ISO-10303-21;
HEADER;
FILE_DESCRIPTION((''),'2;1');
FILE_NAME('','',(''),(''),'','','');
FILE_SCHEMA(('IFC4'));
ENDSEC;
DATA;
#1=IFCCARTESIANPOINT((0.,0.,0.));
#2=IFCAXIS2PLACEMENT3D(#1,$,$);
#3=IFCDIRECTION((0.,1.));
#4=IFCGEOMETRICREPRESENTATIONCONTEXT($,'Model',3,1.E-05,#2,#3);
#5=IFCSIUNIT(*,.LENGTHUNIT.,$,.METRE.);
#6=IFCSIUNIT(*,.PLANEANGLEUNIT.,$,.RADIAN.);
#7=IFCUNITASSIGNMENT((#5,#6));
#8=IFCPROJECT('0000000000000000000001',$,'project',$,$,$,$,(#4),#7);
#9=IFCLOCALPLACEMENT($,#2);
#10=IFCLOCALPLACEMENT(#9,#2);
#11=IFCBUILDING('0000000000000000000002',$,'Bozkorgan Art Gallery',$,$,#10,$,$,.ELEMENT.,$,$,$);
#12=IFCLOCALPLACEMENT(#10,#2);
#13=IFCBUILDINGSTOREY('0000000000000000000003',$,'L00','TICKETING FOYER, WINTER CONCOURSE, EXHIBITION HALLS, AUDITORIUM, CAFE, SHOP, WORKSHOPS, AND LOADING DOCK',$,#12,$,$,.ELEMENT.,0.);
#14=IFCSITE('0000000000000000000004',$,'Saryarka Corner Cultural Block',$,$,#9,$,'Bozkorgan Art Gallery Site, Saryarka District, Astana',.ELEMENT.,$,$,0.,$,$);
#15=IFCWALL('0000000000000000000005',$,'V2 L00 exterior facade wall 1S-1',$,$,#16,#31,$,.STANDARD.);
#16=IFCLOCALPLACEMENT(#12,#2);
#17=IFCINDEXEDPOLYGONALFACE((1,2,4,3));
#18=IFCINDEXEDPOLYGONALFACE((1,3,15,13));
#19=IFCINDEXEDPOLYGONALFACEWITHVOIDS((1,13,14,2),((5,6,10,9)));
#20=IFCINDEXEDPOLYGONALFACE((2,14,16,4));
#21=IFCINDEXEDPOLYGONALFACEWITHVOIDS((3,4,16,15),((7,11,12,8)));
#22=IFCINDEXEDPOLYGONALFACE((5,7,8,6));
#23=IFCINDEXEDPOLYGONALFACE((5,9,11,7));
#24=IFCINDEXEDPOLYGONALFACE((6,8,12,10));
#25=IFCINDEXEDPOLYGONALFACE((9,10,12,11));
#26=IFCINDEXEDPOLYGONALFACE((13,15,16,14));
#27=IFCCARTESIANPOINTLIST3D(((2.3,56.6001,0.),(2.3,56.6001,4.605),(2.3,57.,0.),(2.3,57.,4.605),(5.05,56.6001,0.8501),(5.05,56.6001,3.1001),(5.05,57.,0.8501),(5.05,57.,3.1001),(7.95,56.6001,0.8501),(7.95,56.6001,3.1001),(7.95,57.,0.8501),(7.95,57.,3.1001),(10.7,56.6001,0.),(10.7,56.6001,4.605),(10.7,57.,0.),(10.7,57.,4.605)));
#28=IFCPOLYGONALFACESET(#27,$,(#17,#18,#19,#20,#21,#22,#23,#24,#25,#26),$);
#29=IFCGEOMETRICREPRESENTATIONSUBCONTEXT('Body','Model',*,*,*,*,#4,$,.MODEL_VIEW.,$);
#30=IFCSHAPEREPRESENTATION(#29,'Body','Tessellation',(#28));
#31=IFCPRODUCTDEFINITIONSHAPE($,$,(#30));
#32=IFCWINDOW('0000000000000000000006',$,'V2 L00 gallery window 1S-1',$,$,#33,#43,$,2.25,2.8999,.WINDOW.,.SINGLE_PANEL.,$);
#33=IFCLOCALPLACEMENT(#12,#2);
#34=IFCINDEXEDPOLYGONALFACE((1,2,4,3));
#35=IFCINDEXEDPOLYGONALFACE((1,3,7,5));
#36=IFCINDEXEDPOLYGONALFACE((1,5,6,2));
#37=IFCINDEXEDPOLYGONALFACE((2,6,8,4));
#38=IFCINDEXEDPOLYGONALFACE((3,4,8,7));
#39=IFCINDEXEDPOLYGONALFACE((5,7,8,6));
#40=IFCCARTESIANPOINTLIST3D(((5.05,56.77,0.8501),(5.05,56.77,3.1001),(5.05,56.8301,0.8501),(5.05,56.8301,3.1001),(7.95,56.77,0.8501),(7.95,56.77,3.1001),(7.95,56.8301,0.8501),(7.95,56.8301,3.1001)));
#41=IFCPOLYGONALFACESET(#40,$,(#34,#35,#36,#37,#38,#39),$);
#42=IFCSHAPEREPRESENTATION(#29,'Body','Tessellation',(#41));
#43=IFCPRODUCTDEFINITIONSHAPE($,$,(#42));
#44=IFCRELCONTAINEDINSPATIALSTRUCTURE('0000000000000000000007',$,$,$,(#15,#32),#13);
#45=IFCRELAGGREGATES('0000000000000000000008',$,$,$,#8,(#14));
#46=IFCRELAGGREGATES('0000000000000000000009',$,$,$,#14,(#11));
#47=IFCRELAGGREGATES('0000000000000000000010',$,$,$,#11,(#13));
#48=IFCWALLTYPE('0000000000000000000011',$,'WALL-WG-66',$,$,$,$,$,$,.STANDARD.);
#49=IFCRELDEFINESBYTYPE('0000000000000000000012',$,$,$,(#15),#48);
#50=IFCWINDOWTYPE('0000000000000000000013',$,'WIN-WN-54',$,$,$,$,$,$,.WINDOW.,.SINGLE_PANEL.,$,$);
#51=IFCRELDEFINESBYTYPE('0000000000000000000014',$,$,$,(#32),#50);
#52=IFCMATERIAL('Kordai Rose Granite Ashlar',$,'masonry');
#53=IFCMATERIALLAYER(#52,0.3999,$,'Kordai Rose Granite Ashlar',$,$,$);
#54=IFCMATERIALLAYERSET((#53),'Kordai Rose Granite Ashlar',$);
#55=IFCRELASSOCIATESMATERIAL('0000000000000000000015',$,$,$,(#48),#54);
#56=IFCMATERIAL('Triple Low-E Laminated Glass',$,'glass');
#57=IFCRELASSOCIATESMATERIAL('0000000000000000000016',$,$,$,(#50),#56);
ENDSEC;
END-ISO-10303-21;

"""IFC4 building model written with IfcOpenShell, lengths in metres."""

from ifc_helpers import new_model, si_unit, direction, frame, frame_2d, origin, place, context, subcontext, project, spatial, rectangle, extrude, material, layer, layer_set, type_object, element, fill, save


model = new_model("IFC4")

# Units and contexts
model_context = context("Model", 3, precision=1e-05, world=origin(), true_north=direction((0.0, 1.0)))
body_context = subcontext(model_context, "Body", "Model", "MODEL_VIEW")
ifc_project = project(units=[si_unit("LENGTHUNIT", "METRE"), si_unit("PLANEANGLEUNIT", "RADIAN")], contexts=[model_context])

# Site, building, storey
site_placement = place(None, origin())
site = spatial("IfcSite", under=ifc_project, at=site_placement, Name="Saryarka Corner Cultural Block", LongName="Bozkorgan Art Gallery Site, Saryarka District, Astana", CompositionType="ELEMENT", RefElevation=0.0)
building_placement = place(site_placement, origin())
building = spatial("IfcBuilding", under=site, at=building_placement, Name="Bozkorgan Art Gallery", CompositionType="ELEMENT")
storey_placement = place(building_placement, origin())
storey = spatial("IfcBuildingStorey", under=building, at=storey_placement, Name="L00", Description="TICKETING FOYER, WINTER CONCOURSE, EXHIBITION HALLS, AUDITORIUM, CAFE, SHOP, WORKSHOPS, AND LOADING DOCK", CompositionType="ELEMENT", Elevation=0.0)

# Wall, opening, window
ifc_material_1 = material(Name="Kordai Rose Granite Ashlar", Category="masonry")
ifc_material_2 = material(Name="Triple Low-E Laminated Glass", Category="glass")
ifc_layer_1 = layer(ifc_material_1, 0.3999, Name="Kordai Rose Granite Ashlar")
ifc_layer_set_1 = layer_set([ifc_layer_1], Name="Kordai Rose Granite Ashlar")
wall_type_1 = type_object("IfcWallType", Name="WALL-WG-66", PredefinedType="STANDARD", material=ifc_layer_set_1)
wall_1_placement = place(storey_placement, frame((2.3, 56.8, 0.0), z_axis=(0.0, 0.0, 1.0), x_axis=(1.0, 0.0, 0.0)))
wall_1 = element("IfcWall", 1, at=wall_1_placement, inside=storey, type_object=wall_type_1, Name="V2 L00 exterior facade wall 1S-1", PredefinedType="STANDARD", context=body_context, shape_type="SweptSolid", body=[
    extrude(rectangle(XDim=8.3999, YDim=0.3999, at=frame_2d((4.2, 0.0))), origin(), (0.0, 0.0, 1.0), 4.605),
])
opening_1_placement = place(wall_1_placement, frame((5.6499, 0.0, 0.8501), z_axis=(0.0, 0.0, 1.0), x_axis=(-1.0, 0.0, 0.0)))
opening_1 = element("IfcOpeningElement", 2, at=opening_1_placement, cuts=wall_1, PredefinedType="OPENING", context=body_context, shape_type="SweptSolid", body=[
    extrude(rectangle(XDim=2.8999, YDim=2.25, at=frame_2d((1.45, 1.125))), frame((0.0, 0.21, 0.0), z_axis=(0.0, -1.0, 0.0), x_axis=(1.0, 0.0, 0.0)), (0.0, 0.0, 1.0), 0.4199),
])
window_type_1 = type_object("IfcWindowType", Name="WIN-WN-54", PartitioningType="SINGLE_PANEL", PredefinedType="WINDOW", material=ifc_material_2)
window_1_placement = place(opening_1_placement, origin())
window_1 = element("IfcWindow", 3, at=window_1_placement, inside=storey, type_object=window_type_1, Name="V2 L00 gallery window 1S-1", OverallHeight=2.25, OverallWidth=2.8999, PartitioningType="SINGLE_PANEL", PredefinedType="WINDOW", context=body_context, shape_type="SweptSolid", body=[
    extrude(rectangle(XDim=2.8999, YDim=2.25, at=frame_2d((1.45, 1.125))), frame((0.0, 0.03, 0.0), z_axis=(0.0, -1.0, 0.0), x_axis=(1.0, 0.0, 0.0)), (0.0, 0.0, 1.0), 0.0601),
])
fill(opening_1, window_1)

save(model, "model.ifc")
